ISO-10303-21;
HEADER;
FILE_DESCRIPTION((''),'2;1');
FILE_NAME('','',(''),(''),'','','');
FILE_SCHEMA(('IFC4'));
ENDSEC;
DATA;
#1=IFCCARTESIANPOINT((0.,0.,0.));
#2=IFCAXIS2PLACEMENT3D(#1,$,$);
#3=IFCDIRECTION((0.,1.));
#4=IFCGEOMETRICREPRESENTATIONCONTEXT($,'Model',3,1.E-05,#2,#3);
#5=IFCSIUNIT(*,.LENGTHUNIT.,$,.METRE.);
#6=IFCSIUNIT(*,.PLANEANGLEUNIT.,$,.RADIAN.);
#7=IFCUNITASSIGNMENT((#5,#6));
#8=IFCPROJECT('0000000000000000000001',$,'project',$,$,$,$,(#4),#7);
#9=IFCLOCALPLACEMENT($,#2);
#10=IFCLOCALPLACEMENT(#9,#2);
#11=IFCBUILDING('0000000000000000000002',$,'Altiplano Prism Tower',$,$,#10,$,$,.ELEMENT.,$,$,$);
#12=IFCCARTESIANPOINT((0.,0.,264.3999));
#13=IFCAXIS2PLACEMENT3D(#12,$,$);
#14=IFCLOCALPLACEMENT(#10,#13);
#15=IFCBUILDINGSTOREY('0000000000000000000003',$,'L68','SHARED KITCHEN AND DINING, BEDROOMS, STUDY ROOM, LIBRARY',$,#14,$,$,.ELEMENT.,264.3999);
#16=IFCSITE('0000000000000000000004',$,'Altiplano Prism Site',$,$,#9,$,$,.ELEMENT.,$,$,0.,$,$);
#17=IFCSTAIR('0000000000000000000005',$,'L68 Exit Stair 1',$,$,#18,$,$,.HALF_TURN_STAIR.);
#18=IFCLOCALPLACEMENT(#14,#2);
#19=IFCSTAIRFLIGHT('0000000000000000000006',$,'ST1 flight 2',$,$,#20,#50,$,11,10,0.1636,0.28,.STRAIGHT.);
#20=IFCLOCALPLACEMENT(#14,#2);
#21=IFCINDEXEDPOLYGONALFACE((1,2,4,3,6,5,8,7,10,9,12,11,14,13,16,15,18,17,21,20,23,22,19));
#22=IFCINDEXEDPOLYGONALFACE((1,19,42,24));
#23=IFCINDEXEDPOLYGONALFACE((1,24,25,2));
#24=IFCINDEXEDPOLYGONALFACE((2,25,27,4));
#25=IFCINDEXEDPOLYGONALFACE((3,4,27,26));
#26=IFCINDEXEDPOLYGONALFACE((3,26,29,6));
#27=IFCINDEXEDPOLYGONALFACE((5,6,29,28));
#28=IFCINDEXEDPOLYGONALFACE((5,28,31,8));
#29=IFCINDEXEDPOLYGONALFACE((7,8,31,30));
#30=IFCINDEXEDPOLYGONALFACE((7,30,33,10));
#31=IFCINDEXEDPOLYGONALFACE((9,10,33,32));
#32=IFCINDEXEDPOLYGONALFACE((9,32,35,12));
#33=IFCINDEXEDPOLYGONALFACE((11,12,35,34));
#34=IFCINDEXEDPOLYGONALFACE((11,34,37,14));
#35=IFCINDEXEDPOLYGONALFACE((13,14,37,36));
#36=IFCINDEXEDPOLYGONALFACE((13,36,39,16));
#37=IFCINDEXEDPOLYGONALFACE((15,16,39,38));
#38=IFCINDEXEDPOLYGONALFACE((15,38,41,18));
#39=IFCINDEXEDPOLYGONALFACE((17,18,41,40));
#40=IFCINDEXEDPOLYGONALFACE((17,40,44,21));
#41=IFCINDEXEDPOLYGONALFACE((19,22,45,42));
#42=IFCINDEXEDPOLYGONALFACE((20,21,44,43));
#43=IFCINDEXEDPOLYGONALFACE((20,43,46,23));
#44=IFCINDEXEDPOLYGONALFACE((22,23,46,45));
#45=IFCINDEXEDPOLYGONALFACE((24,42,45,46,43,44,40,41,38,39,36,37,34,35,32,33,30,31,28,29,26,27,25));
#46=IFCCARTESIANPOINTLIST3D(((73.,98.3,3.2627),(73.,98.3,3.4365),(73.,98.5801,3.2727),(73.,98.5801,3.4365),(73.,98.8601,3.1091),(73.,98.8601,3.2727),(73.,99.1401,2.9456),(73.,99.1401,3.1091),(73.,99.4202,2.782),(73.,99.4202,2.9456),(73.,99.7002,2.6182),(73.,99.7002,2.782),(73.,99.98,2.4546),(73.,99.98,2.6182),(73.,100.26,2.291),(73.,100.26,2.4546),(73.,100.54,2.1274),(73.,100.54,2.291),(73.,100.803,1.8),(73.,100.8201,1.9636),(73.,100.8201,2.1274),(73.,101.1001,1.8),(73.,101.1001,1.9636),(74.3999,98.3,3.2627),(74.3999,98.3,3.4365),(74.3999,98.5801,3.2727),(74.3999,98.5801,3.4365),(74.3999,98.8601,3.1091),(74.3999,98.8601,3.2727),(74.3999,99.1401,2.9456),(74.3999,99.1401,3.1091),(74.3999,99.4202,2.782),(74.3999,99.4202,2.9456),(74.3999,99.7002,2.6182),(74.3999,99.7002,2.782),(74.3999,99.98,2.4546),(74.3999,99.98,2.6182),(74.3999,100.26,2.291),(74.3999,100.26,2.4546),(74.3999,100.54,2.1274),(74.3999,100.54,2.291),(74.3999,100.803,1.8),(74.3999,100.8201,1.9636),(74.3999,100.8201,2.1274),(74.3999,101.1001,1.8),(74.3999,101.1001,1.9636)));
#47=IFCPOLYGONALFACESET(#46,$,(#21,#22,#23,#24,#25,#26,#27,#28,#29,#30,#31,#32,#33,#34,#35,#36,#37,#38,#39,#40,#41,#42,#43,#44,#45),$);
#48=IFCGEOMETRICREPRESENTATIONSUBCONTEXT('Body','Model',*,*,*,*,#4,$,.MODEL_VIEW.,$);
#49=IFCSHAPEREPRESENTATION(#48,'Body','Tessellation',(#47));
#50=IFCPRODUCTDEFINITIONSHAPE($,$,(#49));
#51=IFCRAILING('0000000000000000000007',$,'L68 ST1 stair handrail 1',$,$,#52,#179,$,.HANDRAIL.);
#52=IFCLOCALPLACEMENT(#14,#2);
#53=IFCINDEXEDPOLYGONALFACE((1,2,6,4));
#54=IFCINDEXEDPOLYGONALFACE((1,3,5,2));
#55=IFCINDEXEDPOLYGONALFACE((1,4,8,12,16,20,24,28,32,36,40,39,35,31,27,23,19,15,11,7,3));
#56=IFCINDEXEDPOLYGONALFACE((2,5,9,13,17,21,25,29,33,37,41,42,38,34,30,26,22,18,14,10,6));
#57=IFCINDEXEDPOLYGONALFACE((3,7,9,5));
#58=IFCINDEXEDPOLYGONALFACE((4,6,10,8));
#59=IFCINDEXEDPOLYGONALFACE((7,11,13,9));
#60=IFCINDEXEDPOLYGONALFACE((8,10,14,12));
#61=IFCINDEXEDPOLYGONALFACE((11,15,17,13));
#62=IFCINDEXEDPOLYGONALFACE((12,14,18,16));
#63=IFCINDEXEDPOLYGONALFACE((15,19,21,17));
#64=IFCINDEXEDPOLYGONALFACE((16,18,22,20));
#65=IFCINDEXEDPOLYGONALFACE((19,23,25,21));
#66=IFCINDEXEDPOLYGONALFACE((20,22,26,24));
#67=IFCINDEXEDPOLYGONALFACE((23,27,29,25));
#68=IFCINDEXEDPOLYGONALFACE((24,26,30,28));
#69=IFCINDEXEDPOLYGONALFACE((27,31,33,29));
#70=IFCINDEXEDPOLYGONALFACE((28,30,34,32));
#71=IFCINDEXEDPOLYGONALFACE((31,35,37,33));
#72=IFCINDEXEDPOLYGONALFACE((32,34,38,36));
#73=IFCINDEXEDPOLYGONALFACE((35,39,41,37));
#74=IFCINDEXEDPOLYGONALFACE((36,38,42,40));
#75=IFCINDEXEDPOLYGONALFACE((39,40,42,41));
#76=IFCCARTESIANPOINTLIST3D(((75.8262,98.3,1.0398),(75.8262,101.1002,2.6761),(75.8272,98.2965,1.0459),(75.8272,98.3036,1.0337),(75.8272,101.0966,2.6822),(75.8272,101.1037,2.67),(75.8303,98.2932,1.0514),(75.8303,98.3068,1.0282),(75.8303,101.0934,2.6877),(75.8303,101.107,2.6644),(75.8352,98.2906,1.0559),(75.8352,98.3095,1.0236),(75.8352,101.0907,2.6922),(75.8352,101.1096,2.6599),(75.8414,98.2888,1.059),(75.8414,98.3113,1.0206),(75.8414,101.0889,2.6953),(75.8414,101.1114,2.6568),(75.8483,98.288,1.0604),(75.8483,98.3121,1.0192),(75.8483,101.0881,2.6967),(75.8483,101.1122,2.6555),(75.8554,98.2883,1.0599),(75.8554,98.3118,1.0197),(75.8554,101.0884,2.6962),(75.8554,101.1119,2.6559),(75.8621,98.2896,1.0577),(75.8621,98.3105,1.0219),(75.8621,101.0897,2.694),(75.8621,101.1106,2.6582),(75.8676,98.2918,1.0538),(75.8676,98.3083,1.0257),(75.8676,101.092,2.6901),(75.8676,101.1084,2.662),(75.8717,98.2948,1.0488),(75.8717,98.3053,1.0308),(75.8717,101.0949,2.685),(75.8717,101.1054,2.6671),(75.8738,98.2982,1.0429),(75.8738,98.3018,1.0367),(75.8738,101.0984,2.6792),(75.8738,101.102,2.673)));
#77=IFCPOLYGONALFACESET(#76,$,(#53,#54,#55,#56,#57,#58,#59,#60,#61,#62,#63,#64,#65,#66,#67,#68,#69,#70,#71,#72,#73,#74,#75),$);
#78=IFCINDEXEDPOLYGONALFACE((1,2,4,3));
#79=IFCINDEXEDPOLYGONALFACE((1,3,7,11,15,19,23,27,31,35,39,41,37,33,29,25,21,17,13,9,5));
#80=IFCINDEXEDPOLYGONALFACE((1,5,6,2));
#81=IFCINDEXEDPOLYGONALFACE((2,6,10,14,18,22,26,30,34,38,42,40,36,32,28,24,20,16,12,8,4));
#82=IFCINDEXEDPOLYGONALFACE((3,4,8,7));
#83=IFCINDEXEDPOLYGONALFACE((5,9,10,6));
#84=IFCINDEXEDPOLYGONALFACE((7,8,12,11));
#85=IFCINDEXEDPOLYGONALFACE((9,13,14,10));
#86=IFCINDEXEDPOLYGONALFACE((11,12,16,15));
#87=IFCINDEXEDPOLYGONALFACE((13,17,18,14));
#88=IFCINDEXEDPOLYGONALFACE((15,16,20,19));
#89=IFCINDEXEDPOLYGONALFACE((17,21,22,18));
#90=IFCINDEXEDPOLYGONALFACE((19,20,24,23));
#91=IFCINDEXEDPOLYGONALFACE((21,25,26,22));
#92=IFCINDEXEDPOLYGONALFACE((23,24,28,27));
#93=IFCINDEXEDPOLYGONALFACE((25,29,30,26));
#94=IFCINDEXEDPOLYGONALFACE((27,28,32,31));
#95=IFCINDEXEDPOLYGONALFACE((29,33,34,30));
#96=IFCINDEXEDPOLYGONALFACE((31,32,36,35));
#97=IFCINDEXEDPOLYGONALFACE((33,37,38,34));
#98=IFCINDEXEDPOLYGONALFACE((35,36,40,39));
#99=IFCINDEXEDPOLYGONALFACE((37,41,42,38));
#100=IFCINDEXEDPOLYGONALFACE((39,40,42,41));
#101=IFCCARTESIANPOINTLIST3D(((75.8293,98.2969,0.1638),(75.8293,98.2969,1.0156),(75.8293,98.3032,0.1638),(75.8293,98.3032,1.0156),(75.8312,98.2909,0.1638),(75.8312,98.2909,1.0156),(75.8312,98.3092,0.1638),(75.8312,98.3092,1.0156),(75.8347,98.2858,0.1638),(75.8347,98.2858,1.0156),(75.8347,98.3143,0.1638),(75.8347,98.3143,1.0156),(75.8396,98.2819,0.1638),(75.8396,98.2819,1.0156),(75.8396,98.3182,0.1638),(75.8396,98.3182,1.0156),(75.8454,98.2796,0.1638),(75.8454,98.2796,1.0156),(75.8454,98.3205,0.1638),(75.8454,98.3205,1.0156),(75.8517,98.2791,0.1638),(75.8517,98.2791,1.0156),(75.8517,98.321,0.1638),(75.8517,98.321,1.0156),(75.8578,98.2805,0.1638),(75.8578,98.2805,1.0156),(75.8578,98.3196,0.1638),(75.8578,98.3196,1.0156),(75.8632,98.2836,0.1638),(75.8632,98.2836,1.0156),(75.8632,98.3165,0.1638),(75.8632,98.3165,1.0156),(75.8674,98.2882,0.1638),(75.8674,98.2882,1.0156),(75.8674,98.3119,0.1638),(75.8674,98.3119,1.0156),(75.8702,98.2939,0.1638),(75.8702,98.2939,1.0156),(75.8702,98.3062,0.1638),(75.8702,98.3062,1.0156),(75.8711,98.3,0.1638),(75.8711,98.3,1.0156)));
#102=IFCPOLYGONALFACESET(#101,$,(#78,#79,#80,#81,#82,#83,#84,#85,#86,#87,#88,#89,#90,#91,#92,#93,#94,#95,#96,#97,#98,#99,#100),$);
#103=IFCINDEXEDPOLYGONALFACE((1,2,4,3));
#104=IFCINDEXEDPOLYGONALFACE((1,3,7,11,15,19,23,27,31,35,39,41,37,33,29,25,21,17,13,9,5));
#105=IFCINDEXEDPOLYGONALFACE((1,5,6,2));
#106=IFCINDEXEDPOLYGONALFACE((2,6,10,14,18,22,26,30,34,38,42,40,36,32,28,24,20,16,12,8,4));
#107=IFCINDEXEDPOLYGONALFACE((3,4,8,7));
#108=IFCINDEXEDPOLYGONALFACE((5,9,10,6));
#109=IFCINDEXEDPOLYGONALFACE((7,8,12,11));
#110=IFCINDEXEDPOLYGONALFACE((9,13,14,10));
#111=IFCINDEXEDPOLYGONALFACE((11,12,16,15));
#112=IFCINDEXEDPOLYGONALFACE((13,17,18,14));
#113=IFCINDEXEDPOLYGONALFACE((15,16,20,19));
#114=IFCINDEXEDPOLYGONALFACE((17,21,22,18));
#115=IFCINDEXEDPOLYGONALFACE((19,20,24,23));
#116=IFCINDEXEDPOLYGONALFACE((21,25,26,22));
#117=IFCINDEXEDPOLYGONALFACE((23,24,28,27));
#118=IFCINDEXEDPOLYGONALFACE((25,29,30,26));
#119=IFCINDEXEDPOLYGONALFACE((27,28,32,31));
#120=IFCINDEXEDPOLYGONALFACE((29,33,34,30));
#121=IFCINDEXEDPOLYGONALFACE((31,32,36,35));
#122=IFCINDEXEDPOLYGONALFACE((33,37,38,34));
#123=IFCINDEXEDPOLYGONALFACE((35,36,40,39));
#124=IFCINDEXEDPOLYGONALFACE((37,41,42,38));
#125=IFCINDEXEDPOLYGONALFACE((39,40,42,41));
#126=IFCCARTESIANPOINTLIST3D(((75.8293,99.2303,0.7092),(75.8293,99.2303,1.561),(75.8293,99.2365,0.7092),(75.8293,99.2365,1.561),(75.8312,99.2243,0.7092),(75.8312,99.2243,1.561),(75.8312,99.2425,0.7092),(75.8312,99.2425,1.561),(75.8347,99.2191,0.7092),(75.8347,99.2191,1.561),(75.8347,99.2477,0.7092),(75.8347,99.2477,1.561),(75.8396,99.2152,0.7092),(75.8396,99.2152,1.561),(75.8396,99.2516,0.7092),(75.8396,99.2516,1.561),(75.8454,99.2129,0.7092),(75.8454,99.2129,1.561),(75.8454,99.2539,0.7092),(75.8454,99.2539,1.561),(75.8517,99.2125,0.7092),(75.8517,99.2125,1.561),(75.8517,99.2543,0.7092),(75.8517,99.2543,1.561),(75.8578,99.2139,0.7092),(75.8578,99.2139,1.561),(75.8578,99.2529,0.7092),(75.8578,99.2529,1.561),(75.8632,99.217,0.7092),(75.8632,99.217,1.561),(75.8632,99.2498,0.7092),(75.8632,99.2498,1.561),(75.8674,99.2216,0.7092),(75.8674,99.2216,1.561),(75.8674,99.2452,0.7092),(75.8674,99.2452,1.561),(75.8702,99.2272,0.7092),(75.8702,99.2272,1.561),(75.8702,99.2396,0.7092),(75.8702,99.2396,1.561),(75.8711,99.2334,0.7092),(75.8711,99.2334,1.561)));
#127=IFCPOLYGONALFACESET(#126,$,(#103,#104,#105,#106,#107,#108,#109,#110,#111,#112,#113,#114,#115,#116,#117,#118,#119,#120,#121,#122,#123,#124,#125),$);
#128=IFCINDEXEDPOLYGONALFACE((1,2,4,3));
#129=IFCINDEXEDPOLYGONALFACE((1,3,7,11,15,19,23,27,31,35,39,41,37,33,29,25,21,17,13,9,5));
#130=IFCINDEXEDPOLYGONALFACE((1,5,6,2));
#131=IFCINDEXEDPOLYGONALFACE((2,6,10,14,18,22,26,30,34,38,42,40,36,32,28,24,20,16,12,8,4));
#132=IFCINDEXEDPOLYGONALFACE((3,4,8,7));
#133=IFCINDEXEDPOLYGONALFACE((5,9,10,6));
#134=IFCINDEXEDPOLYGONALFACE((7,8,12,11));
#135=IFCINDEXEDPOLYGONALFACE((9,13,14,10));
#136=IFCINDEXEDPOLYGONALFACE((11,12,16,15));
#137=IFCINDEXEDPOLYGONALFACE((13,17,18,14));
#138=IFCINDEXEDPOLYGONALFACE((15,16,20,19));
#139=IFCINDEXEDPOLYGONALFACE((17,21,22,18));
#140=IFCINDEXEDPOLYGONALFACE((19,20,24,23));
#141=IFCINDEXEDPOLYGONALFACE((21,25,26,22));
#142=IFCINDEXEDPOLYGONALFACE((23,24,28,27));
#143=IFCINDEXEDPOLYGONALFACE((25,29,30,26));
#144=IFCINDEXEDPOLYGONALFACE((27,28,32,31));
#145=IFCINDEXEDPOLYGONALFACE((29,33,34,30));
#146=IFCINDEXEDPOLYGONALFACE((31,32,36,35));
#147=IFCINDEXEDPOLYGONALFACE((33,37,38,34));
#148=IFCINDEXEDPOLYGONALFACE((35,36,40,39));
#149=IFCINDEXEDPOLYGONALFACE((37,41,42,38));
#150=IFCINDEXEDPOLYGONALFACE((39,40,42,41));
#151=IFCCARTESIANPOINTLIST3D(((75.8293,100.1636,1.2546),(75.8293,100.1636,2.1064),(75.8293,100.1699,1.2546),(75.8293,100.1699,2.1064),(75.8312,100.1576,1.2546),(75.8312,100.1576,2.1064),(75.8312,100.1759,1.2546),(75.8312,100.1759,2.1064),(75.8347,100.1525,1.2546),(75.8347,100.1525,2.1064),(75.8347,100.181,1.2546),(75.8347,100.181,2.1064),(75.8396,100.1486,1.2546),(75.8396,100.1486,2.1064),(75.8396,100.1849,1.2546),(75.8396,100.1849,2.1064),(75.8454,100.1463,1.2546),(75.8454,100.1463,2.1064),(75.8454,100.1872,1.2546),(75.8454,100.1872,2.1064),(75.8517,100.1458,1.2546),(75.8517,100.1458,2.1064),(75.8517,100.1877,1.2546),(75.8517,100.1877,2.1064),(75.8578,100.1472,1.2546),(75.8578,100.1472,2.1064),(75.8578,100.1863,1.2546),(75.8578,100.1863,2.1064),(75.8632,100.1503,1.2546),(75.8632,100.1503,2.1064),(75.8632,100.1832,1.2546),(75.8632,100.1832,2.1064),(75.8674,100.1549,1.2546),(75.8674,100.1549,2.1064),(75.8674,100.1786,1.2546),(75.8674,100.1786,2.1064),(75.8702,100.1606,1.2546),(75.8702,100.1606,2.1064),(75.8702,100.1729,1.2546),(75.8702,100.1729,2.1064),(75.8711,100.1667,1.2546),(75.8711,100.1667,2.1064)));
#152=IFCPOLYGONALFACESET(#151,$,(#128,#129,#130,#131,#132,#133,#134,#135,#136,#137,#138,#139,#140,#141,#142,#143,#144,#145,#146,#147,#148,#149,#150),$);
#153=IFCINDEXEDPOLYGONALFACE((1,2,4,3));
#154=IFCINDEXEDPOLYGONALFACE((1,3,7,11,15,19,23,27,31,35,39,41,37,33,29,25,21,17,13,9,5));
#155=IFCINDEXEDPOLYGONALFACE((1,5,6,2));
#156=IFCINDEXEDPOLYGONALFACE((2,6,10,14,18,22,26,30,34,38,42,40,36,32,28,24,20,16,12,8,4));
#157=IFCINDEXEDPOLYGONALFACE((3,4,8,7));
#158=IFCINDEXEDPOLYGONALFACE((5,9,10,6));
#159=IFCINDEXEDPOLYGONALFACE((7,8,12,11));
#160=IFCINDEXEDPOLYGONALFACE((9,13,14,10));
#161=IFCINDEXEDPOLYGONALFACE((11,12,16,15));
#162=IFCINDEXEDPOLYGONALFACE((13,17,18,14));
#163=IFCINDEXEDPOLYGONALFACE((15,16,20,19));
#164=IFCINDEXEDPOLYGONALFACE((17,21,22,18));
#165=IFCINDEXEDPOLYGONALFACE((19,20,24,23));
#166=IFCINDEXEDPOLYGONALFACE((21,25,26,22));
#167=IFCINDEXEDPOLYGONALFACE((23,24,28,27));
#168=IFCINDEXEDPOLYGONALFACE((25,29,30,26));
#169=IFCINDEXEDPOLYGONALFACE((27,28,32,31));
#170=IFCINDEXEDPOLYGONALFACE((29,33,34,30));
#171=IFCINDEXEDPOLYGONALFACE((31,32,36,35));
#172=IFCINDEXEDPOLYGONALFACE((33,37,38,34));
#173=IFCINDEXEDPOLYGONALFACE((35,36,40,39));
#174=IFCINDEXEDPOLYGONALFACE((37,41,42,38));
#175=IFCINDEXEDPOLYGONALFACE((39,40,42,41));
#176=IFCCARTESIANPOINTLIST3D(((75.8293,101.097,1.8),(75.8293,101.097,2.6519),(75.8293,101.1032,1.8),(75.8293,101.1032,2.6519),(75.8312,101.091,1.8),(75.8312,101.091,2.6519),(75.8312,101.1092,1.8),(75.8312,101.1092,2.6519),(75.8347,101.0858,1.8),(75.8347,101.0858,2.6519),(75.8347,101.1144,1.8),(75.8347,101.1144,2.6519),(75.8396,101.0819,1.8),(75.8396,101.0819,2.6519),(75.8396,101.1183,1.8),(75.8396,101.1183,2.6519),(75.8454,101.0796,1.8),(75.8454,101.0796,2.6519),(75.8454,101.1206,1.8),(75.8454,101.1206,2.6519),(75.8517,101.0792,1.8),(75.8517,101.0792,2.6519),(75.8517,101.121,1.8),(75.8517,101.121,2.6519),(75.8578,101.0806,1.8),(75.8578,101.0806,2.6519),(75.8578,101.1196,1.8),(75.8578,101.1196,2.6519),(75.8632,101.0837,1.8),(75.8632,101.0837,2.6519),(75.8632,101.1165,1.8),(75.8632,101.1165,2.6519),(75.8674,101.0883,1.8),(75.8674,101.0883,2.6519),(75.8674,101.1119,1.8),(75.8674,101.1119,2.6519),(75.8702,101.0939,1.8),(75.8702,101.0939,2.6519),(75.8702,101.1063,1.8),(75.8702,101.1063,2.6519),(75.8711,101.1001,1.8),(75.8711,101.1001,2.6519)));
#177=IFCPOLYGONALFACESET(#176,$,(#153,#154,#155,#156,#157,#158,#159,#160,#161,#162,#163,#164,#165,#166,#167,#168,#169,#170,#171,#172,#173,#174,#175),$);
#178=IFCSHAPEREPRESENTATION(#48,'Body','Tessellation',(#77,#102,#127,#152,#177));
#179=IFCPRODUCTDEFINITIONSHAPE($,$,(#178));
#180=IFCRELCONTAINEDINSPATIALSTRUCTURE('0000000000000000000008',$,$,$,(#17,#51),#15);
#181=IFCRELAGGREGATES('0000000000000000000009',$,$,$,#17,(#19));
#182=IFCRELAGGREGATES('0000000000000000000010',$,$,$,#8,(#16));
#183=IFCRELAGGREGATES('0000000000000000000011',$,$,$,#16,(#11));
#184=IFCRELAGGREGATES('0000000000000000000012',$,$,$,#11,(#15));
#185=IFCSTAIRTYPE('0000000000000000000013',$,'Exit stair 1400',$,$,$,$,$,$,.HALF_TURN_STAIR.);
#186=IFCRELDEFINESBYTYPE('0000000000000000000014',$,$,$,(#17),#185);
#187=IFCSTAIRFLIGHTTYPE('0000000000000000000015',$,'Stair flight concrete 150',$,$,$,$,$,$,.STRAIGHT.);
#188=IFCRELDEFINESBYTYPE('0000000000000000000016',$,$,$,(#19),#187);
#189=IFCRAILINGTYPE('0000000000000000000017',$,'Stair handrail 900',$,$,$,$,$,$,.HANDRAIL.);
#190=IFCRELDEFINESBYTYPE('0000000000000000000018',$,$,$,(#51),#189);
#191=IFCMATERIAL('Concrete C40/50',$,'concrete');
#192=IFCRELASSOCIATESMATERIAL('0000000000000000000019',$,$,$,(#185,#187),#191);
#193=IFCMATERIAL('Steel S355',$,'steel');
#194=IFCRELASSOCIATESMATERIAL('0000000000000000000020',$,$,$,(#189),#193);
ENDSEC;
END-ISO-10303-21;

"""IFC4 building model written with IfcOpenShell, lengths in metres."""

from ifc_helpers import new_model, si_unit, direction, frame, origin, origin_2d, place, context, subcontext, project, spatial, polyline, circle, outline, extrude, material, type_object, element, aggregate, save


model = new_model("IFC4")

# Units and contexts
model_context = context("Model", 3, precision=1e-05, world=origin(), true_north=direction((0.0, 1.0)))
body_context = subcontext(model_context, "Body", "Model", "MODEL_VIEW")
ifc_project = project(units=[si_unit("LENGTHUNIT", "METRE"), si_unit("PLANEANGLEUNIT", "RADIAN")], contexts=[model_context])

# Site, building, storey
site_placement = place(None, origin())
site = spatial("IfcSite", under=ifc_project, at=site_placement, Name="Altiplano Prism Site", CompositionType="ELEMENT", RefElevation=0.0)
building_placement = place(site_placement, origin())
building = spatial("IfcBuilding", under=site, at=building_placement, Name="Altiplano Prism Tower", CompositionType="ELEMENT")
storey_placement = place(building_placement, frame((0.0, 0.0, 264.3999)))
storey = spatial("IfcBuildingStorey", under=building, at=storey_placement, Name="L68", Description="SHARED KITCHEN AND DINING, BEDROOMS, STUDY ROOM, LIBRARY", CompositionType="ELEMENT", Elevation=264.3999)

# Stair, stair flight
ifc_material_1 = material(Name="Concrete C40/50", Category="concrete")
stair_type = type_object("IfcStairType", Name="Exit stair 1400", PredefinedType="HALF_TURN_STAIR", material=ifc_material_1)
stair_placement = place(storey_placement, origin())
stair = element("IfcStair", 1, at=stair_placement, inside=storey, type_object=stair_type, Name="L68 Exit Stair 1", PredefinedType="HALF_TURN_STAIR")
stair_flight_type = type_object("IfcStairFlightType", Name="Stair flight concrete 150", PredefinedType="STRAIGHT", material=ifc_material_1)
stair_flight_placement = place(storey_placement, frame((73.7, 101.1001, 1.8), z_axis=(0.0, 0.0, 1.0), x_axis=(0.0, -1.0, 0.0)))
stair_flight = element("IfcStairFlight", 2, at=stair_flight_placement, type_object=stair_flight_type, Name="ST1 flight 2", NumberOfRisers=11, NumberOfTreads=10, PredefinedType="STRAIGHT", RiserHeight=0.1636, TreadLength=0.28, context=body_context, shape_type="SweptSolid", body=[
    extrude(outline(polyline([(0.0, 0.0), (0.0, 0.1636), (0.28, 0.1636), (0.28, 0.3274), (0.5601, 0.3274), (0.5601, 0.491), (0.8401, 0.491), (0.8401, 0.6545), (1.1201, 0.6545), (1.1201, 0.8181), (1.3999, 0.8181), (1.3999, 0.9819), (1.6799, 0.9819), (1.6799, 1.1455), (1.96, 1.1455), (1.96, 1.3091), (2.24, 1.3091), (2.24, 1.4727), (2.52, 1.4727), (2.52, 1.6365), (2.8, 1.6365), (2.8, 1.8), (2.8, 1.4626), (0.2971, 0.0), (0.0, 0.0)])), frame((0.0, 0.7, 0.0), z_axis=(0.0, -1.0, 0.0), x_axis=(1.0, 0.0, 0.0)), (0.0, 0.0, 1.0), 1.3999),
])
aggregate(stair, [stair_flight])

# Railing
ifc_material_2 = material(Name="Steel S355", Category="steel")
railing_type = type_object("IfcRailingType", Name="Stair handrail 900", PredefinedType="HANDRAIL", material=ifc_material_2)
railing_1_placement = place(storey_placement, frame((75.8501, 98.3, 0.1638)))
element("IfcRailing", 3, at=railing_1_placement, inside=storey, type_object=railing_type, Name="L68 ST1 stair handrail 1", PredefinedType="HANDRAIL", context=body_context, shape_type="SweptSolid", body=[
    extrude(circle(Radius=0.0239, at=origin_2d()), frame((0.0, 0.0, 0.876), z_axis=(0.0, 0.863394, 0.504531), x_axis=(-1.0, 0.0, 0.0)), (0.0, 0.0, 1.0), 3.2432),
    extrude(circle(Radius=0.021, at=origin_2d()), origin(), (0.0, 0.0, 1.0), 0.8518),
    extrude(circle(Radius=0.021, at=origin_2d()), frame((0.0, 0.9333, 0.5454)), (0.0, 0.0, 1.0), 0.8518),
    extrude(circle(Radius=0.021, at=origin_2d()), frame((0.0, 1.8667, 1.0908)), (0.0, 0.0, 1.0), 0.8518),
    extrude(circle(Radius=0.021, at=origin_2d()), frame((0.0, 2.8, 1.6362)), (0.0, 0.0, 1.0), 0.8518),
])

save(model, "model.ifc")
